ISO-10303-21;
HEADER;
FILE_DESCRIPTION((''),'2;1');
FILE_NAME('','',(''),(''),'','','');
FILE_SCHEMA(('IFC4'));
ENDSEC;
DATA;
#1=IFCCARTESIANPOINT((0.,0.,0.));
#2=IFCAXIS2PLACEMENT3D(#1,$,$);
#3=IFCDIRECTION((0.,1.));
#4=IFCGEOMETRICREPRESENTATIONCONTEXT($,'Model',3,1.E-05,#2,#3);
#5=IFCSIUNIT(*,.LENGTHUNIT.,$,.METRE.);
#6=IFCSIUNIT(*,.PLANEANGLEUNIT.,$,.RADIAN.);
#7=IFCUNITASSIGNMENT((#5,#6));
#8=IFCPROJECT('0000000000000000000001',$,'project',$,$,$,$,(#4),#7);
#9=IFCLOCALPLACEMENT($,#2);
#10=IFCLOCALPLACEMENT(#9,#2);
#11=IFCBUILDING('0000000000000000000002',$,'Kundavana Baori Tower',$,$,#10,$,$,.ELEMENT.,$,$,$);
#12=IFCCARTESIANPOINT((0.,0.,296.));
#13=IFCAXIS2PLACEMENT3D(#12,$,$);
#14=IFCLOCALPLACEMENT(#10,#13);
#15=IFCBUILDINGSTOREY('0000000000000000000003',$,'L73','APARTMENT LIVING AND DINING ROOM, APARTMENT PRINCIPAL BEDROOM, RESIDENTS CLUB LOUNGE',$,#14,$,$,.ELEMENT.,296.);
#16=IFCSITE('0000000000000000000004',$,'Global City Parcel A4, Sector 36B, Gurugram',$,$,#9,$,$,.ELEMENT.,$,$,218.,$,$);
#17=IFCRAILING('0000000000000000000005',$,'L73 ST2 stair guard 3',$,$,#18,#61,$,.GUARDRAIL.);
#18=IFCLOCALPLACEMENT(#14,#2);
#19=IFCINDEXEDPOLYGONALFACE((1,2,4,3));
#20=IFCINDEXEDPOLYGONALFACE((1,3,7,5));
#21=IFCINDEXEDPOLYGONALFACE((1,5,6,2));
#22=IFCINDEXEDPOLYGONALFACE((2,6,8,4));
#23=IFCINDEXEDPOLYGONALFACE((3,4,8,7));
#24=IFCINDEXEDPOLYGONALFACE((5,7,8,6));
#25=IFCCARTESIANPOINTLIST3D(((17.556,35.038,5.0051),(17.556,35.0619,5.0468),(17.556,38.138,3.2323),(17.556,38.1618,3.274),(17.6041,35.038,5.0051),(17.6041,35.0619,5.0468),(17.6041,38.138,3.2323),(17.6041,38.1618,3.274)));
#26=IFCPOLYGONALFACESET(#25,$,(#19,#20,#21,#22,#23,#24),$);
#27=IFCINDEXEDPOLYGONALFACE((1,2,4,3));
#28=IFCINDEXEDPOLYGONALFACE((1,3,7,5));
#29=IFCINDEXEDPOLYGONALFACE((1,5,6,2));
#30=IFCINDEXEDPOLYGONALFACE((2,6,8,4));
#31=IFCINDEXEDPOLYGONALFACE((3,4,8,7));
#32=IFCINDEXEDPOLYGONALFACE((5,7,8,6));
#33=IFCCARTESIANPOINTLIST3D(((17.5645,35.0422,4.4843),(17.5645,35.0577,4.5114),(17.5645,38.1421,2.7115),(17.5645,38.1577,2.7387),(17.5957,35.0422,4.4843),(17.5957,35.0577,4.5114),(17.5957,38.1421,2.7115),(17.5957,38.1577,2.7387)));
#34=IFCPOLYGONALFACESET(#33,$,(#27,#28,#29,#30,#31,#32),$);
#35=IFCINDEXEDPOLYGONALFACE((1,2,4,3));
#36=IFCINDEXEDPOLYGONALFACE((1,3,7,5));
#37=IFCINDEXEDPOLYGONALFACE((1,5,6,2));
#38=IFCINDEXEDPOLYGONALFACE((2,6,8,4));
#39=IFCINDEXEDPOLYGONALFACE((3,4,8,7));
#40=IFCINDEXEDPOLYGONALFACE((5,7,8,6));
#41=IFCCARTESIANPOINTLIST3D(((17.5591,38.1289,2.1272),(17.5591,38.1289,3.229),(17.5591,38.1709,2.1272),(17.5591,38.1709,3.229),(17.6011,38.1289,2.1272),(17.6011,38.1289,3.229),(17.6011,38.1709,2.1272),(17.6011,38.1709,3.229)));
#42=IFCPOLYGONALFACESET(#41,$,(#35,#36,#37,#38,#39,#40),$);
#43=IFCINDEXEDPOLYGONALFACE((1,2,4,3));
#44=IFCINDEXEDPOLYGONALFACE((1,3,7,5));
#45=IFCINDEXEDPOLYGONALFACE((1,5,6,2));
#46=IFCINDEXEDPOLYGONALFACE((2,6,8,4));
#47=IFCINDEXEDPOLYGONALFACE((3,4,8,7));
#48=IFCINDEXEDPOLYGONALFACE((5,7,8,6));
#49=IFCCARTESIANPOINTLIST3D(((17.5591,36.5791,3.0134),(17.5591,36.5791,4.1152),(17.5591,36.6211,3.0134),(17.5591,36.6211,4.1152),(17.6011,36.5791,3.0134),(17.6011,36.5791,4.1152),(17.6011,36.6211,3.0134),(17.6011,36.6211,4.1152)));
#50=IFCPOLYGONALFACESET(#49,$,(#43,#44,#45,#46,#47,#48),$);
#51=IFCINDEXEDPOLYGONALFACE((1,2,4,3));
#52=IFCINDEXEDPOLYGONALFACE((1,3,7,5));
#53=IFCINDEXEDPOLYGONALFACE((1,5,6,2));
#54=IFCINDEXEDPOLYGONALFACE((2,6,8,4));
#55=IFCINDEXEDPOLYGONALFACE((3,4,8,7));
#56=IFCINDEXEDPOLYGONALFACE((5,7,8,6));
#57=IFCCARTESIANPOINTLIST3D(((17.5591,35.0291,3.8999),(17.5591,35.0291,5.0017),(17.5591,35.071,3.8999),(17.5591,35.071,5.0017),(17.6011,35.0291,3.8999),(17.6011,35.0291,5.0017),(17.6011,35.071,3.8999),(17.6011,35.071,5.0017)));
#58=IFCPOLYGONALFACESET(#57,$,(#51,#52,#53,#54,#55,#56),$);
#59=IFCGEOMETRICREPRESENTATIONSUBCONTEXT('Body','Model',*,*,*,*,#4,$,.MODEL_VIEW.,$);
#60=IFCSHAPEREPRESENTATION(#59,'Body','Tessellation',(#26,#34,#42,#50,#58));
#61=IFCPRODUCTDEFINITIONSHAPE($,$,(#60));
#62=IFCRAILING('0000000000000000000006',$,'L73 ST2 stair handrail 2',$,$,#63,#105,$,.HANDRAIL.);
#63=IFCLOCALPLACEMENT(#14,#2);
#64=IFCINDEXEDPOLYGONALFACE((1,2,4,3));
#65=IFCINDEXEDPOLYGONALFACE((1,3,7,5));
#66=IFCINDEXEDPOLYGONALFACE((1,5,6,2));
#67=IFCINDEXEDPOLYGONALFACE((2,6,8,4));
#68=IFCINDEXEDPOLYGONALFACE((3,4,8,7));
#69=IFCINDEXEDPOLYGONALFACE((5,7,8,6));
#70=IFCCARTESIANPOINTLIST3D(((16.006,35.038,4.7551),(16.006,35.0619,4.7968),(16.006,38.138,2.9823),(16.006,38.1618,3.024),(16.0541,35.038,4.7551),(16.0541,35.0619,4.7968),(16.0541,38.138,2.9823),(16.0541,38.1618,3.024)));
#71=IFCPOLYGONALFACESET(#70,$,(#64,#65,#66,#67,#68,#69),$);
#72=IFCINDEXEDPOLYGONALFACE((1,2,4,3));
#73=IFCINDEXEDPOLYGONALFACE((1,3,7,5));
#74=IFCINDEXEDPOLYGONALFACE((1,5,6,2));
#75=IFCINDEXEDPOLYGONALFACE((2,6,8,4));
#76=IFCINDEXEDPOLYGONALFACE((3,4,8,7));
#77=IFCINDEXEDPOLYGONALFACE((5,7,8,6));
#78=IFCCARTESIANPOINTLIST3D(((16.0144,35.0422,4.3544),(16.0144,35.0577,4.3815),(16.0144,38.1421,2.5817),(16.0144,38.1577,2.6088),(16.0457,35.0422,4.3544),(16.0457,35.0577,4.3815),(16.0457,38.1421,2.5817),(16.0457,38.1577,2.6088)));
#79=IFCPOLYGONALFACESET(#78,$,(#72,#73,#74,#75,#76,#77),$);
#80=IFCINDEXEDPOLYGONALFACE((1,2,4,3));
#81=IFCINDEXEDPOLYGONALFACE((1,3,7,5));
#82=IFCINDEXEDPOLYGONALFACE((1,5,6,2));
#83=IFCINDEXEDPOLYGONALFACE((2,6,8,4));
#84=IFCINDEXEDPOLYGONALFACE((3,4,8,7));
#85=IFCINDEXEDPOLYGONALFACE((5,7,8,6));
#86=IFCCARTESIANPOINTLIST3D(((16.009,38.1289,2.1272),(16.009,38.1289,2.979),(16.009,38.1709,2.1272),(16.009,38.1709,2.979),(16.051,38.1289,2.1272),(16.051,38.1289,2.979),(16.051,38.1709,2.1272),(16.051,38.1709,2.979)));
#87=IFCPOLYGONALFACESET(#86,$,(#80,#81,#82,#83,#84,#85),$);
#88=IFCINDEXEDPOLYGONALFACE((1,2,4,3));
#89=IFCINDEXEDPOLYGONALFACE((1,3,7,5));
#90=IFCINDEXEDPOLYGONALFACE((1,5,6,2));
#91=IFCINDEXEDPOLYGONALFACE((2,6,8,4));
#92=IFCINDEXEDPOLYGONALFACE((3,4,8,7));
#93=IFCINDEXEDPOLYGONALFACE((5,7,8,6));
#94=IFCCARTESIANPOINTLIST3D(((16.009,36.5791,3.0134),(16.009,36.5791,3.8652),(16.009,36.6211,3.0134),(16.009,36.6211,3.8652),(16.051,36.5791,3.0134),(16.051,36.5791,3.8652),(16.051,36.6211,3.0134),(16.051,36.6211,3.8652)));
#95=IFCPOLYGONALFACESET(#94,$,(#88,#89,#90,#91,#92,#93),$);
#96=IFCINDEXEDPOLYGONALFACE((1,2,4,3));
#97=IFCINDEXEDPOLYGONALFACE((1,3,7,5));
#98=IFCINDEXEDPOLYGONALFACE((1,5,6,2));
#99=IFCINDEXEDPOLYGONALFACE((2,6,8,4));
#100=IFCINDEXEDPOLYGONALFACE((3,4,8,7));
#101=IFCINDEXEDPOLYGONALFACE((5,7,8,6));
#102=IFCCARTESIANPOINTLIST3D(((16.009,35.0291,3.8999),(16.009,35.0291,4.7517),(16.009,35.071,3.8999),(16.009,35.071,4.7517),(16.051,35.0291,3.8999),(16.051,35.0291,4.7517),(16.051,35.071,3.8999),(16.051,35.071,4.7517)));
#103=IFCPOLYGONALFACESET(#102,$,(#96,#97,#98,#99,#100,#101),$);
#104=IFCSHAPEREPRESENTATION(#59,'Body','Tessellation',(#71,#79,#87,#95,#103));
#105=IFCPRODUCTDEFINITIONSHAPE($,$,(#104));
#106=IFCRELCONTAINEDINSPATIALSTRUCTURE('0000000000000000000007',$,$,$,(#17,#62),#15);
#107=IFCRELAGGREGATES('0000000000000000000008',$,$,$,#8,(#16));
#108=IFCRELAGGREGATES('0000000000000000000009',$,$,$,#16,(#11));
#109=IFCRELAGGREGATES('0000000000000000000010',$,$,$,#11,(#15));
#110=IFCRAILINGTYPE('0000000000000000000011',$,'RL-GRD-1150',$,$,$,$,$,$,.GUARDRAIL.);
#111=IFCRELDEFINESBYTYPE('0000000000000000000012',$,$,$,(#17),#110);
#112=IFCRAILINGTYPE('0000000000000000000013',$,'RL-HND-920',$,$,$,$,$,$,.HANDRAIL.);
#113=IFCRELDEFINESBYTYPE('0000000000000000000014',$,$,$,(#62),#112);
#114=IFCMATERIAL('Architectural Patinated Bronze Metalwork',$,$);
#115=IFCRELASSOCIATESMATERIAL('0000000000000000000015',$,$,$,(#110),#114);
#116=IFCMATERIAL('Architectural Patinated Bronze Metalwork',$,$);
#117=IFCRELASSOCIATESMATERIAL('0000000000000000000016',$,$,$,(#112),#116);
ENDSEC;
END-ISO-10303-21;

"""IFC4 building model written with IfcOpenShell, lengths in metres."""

from ifc_helpers import new_model, si_unit, direction, frame, origin, origin_2d, place, context, subcontext, project, spatial, rectangle, extrude, material, type_object, element, save


model = new_model("IFC4")

# Units and contexts
model_context = context("Model", 3, precision=1e-05, world=origin(), true_north=direction((0.0, 1.0)))
body_context = subcontext(model_context, "Body", "Model", "MODEL_VIEW")
ifc_project = project(units=[si_unit("LENGTHUNIT", "METRE"), si_unit("PLANEANGLEUNIT", "RADIAN")], contexts=[model_context])

# Site, building, storey
site_placement = place(None, origin())
site = spatial("IfcSite", under=ifc_project, at=site_placement, Name="Global City Parcel A4, Sector 36B, Gurugram", CompositionType="ELEMENT", RefElevation=218.0)
building_placement = place(site_placement, origin())
building = spatial("IfcBuilding", under=site, at=building_placement, Name="Kundavana Baori Tower", CompositionType="ELEMENT")
storey_placement = place(building_placement, frame((0.0, 0.0, 296.0)))
storey = spatial("IfcBuildingStorey", under=building, at=storey_placement, Name="L73", Description="APARTMENT LIVING AND DINING ROOM, APARTMENT PRINCIPAL BEDROOM, RESIDENTS CLUB LOUNGE", CompositionType="ELEMENT", Elevation=296.0)

# Railings
ifc_material_1 = material(Name="Architectural Patinated Bronze Metalwork")
railing_type_1 = type_object("IfcRailingType", Name="RL-GRD-1150", PredefinedType="GUARDRAIL", material=ifc_material_1)
railing_1_placement = place(storey_placement, frame((17.5801, 38.1499, 2.1272)))
element("IfcRailing", 1, at=railing_1_placement, inside=storey, type_object=railing_type_1, Name="L73 ST2 stair guard 3", PredefinedType="GUARDRAIL", context=body_context, shape_type="SweptSolid", body=[
    extrude(rectangle(XDim=0.0481, YDim=0.0481, at=origin_2d()), frame((0.0, 0.0, 1.126), z_axis=(0.0, -0.868079, 0.496426), x_axis=(1.0, 0.0, 0.0)), (0.0, 0.0, 1.0), 3.571),
    extrude(rectangle(XDim=0.0312, YDim=0.0312, at=origin_2d()), frame((0.0, 0.0, 0.5979), z_axis=(0.0, -0.868079, 0.496426), x_axis=(1.0, 0.0, 0.0)), (0.0, 0.0, 1.0), 3.571),
    extrude(rectangle(XDim=0.042, YDim=0.042, at=origin_2d()), origin(), (0.0, 0.0, 1.0), 1.1018),
    extrude(rectangle(XDim=0.042, YDim=0.042, at=origin_2d()), frame((0.0, -1.5498, 0.8862)), (0.0, 0.0, 1.0), 1.1018),
    extrude(rectangle(XDim=0.042, YDim=0.042, at=origin_2d()), frame((0.0, -3.0999, 1.7727)), (0.0, 0.0, 1.0), 1.1018),
])
ifc_material_2 = material(Name="Architectural Patinated Bronze Metalwork")
railing_type_2 = type_object("IfcRailingType", Name="RL-HND-920", PredefinedType="HANDRAIL", material=ifc_material_2)
railing_2_placement = place(storey_placement, frame((16.03, 38.1499, 2.1272)))
element("IfcRailing", 2, at=railing_2_placement, inside=storey, type_object=railing_type_2, Name="L73 ST2 stair handrail 2", PredefinedType="HANDRAIL", context=body_context, shape_type="SweptSolid", body=[
    extrude(rectangle(XDim=0.0481, YDim=0.0481, at=origin_2d()), frame((0.0, 0.0, 0.876), z_axis=(0.0, -0.868079, 0.496426), x_axis=(1.0, 0.0, 0.0)), (0.0, 0.0, 1.0), 3.571),
    extrude(rectangle(XDim=0.0312, YDim=0.0312, at=origin_2d()), frame((0.0, 0.0, 0.468), z_axis=(0.0, -0.868079, 0.496426), x_axis=(1.0, 0.0, 0.0)), (0.0, 0.0, 1.0), 3.571),
    extrude(rectangle(XDim=0.042, YDim=0.042, at=origin_2d()), origin(), (0.0, 0.0, 1.0), 0.8518),
    extrude(rectangle(XDim=0.042, YDim=0.042, at=origin_2d()), frame((0.0, -1.5498, 0.8862)), (0.0, 0.0, 1.0), 0.8518),
    extrude(rectangle(XDim=0.042, YDim=0.042, at=origin_2d()), frame((0.0, -3.0999, 1.7727)), (0.0, 0.0, 1.0), 0.8518),
])

save(model, "model.ifc")
